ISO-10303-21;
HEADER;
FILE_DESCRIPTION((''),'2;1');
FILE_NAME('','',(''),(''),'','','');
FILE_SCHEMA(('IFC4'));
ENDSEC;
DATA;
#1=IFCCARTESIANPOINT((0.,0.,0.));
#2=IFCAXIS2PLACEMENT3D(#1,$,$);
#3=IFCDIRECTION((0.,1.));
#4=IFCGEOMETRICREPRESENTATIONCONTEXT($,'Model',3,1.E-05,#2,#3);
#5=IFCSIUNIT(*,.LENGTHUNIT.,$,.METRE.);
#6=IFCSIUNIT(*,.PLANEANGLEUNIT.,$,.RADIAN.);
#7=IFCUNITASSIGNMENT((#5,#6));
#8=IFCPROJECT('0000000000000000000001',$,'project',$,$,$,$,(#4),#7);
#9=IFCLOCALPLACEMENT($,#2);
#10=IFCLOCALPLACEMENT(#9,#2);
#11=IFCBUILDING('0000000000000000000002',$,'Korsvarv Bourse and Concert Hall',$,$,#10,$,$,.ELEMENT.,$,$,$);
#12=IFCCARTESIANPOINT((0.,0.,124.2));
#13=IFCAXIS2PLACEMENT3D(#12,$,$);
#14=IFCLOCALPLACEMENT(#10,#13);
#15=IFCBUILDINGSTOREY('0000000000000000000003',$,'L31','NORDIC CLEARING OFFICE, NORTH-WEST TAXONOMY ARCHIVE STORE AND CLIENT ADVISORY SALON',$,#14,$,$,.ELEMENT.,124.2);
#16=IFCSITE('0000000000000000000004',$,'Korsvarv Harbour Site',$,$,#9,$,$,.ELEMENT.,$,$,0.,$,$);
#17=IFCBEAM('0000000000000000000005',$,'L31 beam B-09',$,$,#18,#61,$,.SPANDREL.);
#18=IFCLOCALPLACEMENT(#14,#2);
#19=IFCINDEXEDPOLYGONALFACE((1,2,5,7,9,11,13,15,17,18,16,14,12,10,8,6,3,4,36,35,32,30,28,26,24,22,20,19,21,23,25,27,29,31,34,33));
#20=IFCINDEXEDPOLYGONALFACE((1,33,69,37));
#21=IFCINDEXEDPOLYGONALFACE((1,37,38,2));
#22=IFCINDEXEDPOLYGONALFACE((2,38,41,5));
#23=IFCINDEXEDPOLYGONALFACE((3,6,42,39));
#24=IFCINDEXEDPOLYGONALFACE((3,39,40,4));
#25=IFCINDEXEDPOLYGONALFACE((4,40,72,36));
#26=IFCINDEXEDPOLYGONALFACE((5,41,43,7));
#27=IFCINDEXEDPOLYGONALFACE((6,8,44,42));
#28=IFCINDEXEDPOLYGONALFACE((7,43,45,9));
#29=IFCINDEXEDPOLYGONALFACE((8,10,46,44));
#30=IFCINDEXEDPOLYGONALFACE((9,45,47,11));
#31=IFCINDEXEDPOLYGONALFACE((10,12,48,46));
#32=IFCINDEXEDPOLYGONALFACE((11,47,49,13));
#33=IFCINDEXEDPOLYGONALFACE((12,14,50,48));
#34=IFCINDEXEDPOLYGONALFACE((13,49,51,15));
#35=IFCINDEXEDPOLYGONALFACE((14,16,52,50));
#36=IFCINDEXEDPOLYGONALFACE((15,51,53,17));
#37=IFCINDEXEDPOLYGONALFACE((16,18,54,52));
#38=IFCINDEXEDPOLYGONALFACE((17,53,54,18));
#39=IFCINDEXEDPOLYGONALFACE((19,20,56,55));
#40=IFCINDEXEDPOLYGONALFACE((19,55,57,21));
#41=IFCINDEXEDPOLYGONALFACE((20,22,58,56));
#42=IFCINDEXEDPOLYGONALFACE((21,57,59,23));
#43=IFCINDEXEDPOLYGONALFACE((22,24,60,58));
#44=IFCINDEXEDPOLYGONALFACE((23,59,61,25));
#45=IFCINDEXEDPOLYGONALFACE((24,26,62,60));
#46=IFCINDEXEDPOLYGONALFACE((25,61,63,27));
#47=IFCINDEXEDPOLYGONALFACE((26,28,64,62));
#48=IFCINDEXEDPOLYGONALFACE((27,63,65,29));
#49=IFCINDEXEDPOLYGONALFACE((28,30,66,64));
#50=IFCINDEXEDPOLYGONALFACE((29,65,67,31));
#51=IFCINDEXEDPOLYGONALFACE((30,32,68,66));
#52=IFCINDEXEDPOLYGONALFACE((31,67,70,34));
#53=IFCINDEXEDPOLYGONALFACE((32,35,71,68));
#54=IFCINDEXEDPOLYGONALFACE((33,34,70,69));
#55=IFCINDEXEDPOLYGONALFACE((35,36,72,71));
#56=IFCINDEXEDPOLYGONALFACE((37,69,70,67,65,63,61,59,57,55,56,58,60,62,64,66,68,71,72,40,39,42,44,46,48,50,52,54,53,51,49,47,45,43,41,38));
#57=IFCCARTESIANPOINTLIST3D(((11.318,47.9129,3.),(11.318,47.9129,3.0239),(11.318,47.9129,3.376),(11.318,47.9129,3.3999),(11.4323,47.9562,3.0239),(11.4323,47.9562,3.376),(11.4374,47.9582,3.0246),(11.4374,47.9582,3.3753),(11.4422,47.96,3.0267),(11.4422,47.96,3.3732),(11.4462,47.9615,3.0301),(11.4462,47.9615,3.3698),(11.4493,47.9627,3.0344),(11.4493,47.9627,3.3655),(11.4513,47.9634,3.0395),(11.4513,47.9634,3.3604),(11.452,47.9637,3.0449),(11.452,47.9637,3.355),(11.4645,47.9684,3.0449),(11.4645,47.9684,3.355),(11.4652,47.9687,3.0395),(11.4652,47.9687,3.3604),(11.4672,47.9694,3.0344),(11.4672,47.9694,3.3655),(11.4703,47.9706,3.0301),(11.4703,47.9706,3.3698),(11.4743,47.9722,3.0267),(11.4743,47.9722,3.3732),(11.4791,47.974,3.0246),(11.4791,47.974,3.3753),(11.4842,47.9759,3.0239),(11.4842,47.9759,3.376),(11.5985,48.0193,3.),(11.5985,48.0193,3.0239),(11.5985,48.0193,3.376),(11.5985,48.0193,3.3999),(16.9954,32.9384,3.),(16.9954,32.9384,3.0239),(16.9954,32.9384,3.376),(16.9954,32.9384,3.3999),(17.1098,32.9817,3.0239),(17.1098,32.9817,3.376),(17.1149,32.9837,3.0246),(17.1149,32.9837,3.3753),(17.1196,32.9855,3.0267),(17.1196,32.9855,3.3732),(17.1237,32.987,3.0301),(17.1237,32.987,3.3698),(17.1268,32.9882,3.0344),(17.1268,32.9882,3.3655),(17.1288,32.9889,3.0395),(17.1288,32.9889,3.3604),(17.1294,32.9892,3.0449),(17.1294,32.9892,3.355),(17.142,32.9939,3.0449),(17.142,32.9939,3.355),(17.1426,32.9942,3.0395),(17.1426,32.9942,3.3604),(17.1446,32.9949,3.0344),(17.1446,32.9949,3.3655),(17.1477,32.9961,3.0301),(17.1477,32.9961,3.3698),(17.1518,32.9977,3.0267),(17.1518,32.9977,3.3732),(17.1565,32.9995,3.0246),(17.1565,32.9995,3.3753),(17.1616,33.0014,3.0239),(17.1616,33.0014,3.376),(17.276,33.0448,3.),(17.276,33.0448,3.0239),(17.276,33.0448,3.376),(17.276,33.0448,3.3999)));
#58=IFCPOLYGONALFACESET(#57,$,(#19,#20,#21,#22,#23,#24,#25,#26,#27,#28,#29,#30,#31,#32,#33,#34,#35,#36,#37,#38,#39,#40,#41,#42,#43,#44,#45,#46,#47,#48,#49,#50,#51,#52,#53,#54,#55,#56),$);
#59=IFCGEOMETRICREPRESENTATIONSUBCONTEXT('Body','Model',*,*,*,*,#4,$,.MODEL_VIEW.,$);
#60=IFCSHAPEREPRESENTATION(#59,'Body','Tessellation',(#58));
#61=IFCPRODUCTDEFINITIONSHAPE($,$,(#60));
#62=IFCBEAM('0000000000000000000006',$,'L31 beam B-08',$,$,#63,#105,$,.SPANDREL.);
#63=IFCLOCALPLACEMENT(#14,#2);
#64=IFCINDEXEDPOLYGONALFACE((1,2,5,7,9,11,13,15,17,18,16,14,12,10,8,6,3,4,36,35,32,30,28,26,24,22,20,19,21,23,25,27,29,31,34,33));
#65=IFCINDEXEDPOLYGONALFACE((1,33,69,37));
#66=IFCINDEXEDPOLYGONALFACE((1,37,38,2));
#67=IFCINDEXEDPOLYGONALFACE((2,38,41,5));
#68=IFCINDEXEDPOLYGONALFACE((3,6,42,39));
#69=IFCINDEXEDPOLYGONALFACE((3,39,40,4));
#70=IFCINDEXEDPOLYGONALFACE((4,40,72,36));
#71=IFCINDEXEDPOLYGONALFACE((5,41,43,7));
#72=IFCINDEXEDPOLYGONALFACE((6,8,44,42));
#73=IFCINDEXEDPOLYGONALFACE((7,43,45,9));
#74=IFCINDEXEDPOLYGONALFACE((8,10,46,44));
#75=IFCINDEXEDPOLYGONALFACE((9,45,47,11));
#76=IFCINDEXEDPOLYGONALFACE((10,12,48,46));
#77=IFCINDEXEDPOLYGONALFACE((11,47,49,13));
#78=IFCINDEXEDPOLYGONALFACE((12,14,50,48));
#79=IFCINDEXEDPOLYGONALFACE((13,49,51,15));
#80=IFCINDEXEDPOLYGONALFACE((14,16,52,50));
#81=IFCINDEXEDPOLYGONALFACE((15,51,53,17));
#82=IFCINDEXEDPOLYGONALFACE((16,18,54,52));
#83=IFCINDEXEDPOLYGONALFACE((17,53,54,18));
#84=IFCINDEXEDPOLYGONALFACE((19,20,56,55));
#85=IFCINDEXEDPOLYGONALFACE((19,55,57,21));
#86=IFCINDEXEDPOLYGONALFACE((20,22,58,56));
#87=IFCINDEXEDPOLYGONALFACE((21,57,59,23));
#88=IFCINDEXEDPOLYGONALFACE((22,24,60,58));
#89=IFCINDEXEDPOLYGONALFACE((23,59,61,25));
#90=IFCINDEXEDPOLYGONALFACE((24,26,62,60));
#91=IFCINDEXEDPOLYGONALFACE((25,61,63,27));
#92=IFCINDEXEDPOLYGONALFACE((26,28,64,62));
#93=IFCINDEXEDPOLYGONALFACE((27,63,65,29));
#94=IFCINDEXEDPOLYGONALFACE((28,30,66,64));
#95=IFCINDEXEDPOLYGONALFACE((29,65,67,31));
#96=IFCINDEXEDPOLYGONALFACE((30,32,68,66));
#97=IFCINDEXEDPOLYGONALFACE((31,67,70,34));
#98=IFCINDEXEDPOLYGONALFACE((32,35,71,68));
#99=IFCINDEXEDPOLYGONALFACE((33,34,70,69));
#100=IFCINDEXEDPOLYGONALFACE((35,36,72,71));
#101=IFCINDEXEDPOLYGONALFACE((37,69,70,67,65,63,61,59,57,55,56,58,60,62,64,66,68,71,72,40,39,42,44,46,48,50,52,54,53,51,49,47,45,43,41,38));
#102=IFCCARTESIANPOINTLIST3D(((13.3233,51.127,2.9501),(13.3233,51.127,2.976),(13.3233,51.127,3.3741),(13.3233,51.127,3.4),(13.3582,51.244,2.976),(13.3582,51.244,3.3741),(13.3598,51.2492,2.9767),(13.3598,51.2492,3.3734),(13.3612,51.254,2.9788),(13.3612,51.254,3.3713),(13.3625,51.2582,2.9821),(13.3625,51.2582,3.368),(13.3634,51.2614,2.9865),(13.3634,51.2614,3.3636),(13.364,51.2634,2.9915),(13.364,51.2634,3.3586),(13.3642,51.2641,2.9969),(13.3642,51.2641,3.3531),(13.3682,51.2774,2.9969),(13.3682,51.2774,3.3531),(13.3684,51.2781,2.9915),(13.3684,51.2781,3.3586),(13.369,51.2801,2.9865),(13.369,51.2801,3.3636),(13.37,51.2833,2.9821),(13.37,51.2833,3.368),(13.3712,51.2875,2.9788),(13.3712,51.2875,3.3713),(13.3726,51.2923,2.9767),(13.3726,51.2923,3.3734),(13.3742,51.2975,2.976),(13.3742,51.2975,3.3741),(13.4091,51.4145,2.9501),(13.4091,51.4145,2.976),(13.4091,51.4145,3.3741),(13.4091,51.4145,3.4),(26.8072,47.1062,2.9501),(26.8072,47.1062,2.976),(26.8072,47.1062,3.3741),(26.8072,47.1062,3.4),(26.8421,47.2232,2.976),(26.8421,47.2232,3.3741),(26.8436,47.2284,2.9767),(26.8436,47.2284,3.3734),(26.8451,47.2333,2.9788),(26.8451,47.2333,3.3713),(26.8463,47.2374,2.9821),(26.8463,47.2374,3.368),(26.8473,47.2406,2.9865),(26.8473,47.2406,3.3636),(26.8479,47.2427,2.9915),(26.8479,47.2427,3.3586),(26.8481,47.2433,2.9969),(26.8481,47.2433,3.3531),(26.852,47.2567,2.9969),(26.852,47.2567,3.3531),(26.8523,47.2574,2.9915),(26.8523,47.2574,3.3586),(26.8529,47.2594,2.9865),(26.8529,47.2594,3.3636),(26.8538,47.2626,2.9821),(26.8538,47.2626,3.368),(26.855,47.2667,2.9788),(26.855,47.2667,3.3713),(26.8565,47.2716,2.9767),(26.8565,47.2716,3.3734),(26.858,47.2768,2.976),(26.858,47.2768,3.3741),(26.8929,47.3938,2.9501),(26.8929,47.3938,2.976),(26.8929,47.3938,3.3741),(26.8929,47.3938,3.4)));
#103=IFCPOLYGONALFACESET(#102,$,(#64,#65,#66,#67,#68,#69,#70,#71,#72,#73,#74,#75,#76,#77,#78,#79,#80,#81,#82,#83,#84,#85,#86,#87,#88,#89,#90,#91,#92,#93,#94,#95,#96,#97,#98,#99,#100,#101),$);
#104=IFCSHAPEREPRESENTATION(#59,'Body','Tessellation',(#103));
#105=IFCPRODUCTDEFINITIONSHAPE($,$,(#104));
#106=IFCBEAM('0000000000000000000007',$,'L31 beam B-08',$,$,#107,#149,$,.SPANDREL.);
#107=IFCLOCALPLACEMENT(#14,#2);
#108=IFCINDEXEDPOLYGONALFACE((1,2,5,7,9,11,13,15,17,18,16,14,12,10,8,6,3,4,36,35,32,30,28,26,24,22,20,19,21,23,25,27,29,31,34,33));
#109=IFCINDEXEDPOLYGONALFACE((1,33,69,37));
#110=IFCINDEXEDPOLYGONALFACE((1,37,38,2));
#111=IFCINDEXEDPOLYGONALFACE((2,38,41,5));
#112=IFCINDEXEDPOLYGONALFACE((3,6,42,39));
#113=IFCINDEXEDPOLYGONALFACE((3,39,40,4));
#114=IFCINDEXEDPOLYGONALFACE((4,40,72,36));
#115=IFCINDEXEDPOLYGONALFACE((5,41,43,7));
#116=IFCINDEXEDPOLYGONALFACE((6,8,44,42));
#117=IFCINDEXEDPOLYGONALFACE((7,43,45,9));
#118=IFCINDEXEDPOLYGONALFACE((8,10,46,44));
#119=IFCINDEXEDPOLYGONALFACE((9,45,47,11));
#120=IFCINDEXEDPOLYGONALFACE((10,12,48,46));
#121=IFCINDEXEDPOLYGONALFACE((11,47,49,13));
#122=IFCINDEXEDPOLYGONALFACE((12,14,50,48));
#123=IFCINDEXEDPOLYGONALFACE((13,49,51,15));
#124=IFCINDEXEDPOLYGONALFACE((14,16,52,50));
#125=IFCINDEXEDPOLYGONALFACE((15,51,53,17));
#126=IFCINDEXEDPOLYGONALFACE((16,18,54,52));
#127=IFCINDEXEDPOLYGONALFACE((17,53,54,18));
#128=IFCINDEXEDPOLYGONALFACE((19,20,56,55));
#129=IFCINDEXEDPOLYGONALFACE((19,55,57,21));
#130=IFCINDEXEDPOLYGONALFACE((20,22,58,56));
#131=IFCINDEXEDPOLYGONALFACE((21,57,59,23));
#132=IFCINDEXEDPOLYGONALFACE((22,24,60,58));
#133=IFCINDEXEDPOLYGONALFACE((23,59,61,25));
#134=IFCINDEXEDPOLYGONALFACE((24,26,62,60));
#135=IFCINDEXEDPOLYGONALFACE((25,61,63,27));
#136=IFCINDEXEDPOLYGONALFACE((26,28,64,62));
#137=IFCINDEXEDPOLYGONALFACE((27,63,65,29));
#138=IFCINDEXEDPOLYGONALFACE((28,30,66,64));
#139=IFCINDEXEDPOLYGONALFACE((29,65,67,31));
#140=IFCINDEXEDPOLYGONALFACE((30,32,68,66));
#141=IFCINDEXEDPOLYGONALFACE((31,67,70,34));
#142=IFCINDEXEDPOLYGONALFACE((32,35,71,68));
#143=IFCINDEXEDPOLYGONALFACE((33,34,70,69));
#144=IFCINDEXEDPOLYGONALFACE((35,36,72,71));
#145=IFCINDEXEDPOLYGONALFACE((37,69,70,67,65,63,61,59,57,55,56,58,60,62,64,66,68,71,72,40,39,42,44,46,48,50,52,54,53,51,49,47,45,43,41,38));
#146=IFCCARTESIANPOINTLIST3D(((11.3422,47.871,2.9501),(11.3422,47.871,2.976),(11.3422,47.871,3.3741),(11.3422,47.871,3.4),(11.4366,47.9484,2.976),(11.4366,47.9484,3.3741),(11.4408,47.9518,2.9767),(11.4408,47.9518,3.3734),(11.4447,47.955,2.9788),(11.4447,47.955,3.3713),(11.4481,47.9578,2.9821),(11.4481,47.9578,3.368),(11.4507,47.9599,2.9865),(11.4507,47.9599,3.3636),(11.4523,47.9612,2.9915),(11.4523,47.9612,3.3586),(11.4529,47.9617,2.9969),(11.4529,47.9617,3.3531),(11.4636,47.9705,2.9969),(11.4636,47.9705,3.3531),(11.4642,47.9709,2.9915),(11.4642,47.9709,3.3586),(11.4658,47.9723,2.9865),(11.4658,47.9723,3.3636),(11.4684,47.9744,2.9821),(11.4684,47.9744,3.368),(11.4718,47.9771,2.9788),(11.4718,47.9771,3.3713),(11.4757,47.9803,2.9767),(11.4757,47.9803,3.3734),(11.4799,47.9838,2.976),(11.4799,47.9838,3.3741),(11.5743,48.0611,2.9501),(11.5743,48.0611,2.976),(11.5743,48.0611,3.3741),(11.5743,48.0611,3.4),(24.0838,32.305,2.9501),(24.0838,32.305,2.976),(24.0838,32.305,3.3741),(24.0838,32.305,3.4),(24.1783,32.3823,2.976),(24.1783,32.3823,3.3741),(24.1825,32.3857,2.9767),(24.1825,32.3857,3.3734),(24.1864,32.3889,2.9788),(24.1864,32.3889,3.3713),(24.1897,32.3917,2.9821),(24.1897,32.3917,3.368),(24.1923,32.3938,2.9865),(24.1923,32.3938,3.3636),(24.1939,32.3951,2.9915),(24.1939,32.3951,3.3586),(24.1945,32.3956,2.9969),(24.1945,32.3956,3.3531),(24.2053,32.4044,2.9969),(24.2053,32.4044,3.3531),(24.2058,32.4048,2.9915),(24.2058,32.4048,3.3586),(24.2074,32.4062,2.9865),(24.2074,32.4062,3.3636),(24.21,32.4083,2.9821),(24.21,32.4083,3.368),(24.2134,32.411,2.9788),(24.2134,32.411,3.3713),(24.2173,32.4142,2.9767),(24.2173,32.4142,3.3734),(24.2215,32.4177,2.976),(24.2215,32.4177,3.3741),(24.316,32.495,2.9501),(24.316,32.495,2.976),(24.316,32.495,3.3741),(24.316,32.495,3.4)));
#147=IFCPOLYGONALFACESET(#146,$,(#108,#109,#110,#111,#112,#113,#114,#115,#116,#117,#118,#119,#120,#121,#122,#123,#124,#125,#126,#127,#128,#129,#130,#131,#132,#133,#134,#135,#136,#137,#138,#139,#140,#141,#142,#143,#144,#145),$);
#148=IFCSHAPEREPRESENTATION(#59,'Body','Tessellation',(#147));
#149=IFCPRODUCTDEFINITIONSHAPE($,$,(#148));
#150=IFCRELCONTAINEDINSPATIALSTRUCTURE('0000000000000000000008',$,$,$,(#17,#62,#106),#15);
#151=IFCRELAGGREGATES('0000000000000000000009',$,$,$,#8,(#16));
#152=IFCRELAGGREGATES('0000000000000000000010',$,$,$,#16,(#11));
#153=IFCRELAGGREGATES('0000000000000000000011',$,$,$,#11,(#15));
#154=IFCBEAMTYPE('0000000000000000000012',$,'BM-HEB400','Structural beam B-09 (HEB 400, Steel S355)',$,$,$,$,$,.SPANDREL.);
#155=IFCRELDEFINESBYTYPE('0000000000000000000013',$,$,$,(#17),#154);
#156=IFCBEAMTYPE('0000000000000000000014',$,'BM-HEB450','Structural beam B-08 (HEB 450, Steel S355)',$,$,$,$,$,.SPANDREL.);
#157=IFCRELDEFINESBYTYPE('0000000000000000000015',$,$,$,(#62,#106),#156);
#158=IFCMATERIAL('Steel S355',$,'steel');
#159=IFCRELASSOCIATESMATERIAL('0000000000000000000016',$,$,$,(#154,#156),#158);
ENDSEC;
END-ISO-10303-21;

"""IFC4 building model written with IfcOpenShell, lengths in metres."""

from ifc_helpers import new_model, si_unit, direction, frame, origin, origin_2d, place, context, subcontext, project, spatial, i_section, extrude, source, transform, mapped, material, material_profile, profile_set, type_object, element, save


model = new_model("IFC4")

# Units and contexts
model_context = context("Model", 3, precision=1e-05, world=origin(), true_north=direction((0.0, 1.0)))
body_context = subcontext(model_context, "Body", "Model", "MODEL_VIEW")
ifc_project = project(units=[si_unit("LENGTHUNIT", "METRE"), si_unit("PLANEANGLEUNIT", "RADIAN")], contexts=[model_context])

# Site, building, storey
site_placement = place(None, origin())
site = spatial("IfcSite", under=ifc_project, at=site_placement, Name="Korsvarv Harbour Site", CompositionType="ELEMENT", RefElevation=0.0)
building_placement = place(site_placement, origin())
building = spatial("IfcBuilding", under=site, at=building_placement, Name="Korsvarv Bourse and Concert Hall", CompositionType="ELEMENT")
storey_placement = place(building_placement, frame((0.0, 0.0, 124.2)))
storey = spatial("IfcBuildingStorey", under=building, at=storey_placement, Name="L31", Description="NORDIC CLEARING OFFICE, NORTH-WEST TAXONOMY ARCHIVE STORE AND CLIENT ADVISORY SALON", CompositionType="ELEMENT", Elevation=124.2)

# Beams
ifc_material_1 = material(Name="Steel S355", Category="steel")
ifc_material_profile_1 = material_profile(ifc_material_1, i_section(OverallWidth=0.3, OverallDepth=0.3999, WebThickness=0.0134, FlangeThickness=0.0239, FilletRadius=0.021, at=origin_2d()), Name="HEB 400")
ifc_profile_set_1 = profile_set([ifc_material_profile_1], Name="Steel S355")
beam_type_1 = type_object("IfcBeamType", Name="BM-HEB400", Description="Structural beam B-09 (HEB 400, Steel S355)", PredefinedType="SPANDREL", material=ifc_profile_set_1)
shared_shape_1 = source(origin(), body_context, "Body", "SweptSolid", [
    extrude(i_section(OverallWidth=0.3, OverallDepth=0.3999, WebThickness=0.0134, FlangeThickness=0.0239, FilletRadius=0.021, at=origin_2d()), origin(), (0.0, 0.0, 1.0), 16.0146),
])
beam_1_placement = place(storey_placement, frame((11.4583, 47.9661, 3.2), z_axis=(0.354516, -0.93505, 0.0), x_axis=(0.93505, 0.354516, 0.0)))
element("IfcBeam", 1, at=beam_1_placement, inside=storey, type_object=beam_type_1, Name="L31 beam B-09", PredefinedType="SPANDREL", context=body_context, shape_type="MappedRepresentation", body=[
    mapped(shared_shape_1, transform((0.0, 0.0, 0.0), scale=1.0)),
])
ifc_material_profile_2 = material_profile(ifc_material_1, i_section(OverallWidth=0.3, OverallDepth=0.45, WebThickness=0.0139, FlangeThickness=0.0259, FilletRadius=0.021, at=origin_2d()), Name="HEB 450")
ifc_profile_set_2 = profile_set([ifc_material_profile_2], Name="Steel S355")
beam_type_2 = type_object("IfcBeamType", Name="BM-HEB450", Description="Structural beam B-08 (HEB 450, Steel S355)", PredefinedType="SPANDREL", material=ifc_profile_set_2)
shared_shape_2 = source(origin(), body_context, "Body", "SweptSolid", [
    extrude(i_section(OverallWidth=0.3, OverallDepth=0.45, WebThickness=0.0139, FlangeThickness=0.0259, FilletRadius=0.021, at=origin_2d()), origin(), (0.0, 0.0, 1.0), 14.0706),
])
beam_2_placement = place(storey_placement, frame((13.3662, 51.2708, 3.175), z_axis=(0.958303, -0.285756, 0.0), x_axis=(0.285756, 0.958303, 0.0)))
element("IfcBeam", 2, at=beam_2_placement, inside=storey, type_object=beam_type_2, Name="L31 beam B-08", PredefinedType="SPANDREL", context=body_context, shape_type="MappedRepresentation", body=[
    mapped(shared_shape_2, transform((0.0, 0.0, 0.0), scale=1.0)),
])
shared_shape_3 = source(origin(), body_context, "Body", "SweptSolid", [
    extrude(i_section(OverallWidth=0.3, OverallDepth=0.45, WebThickness=0.0139, FlangeThickness=0.0259, FilletRadius=0.021, at=origin_2d()), origin(), (0.0, 0.0, 1.0), 20.116),
])
beam_3_placement = place(storey_placement, frame((11.4583, 47.9661, 3.175), z_axis=(0.633409, -0.773817, 0.0), x_axis=(0.773817, 0.633409, 0.0)))
element("IfcBeam", 3, at=beam_3_placement, inside=storey, type_object=beam_type_2, Name="L31 beam B-08", PredefinedType="SPANDREL", context=body_context, shape_type="MappedRepresentation", body=[
    mapped(shared_shape_3, transform((0.0, 0.0, 0.0), scale=1.0)),
])

save(model, "model.ifc")
